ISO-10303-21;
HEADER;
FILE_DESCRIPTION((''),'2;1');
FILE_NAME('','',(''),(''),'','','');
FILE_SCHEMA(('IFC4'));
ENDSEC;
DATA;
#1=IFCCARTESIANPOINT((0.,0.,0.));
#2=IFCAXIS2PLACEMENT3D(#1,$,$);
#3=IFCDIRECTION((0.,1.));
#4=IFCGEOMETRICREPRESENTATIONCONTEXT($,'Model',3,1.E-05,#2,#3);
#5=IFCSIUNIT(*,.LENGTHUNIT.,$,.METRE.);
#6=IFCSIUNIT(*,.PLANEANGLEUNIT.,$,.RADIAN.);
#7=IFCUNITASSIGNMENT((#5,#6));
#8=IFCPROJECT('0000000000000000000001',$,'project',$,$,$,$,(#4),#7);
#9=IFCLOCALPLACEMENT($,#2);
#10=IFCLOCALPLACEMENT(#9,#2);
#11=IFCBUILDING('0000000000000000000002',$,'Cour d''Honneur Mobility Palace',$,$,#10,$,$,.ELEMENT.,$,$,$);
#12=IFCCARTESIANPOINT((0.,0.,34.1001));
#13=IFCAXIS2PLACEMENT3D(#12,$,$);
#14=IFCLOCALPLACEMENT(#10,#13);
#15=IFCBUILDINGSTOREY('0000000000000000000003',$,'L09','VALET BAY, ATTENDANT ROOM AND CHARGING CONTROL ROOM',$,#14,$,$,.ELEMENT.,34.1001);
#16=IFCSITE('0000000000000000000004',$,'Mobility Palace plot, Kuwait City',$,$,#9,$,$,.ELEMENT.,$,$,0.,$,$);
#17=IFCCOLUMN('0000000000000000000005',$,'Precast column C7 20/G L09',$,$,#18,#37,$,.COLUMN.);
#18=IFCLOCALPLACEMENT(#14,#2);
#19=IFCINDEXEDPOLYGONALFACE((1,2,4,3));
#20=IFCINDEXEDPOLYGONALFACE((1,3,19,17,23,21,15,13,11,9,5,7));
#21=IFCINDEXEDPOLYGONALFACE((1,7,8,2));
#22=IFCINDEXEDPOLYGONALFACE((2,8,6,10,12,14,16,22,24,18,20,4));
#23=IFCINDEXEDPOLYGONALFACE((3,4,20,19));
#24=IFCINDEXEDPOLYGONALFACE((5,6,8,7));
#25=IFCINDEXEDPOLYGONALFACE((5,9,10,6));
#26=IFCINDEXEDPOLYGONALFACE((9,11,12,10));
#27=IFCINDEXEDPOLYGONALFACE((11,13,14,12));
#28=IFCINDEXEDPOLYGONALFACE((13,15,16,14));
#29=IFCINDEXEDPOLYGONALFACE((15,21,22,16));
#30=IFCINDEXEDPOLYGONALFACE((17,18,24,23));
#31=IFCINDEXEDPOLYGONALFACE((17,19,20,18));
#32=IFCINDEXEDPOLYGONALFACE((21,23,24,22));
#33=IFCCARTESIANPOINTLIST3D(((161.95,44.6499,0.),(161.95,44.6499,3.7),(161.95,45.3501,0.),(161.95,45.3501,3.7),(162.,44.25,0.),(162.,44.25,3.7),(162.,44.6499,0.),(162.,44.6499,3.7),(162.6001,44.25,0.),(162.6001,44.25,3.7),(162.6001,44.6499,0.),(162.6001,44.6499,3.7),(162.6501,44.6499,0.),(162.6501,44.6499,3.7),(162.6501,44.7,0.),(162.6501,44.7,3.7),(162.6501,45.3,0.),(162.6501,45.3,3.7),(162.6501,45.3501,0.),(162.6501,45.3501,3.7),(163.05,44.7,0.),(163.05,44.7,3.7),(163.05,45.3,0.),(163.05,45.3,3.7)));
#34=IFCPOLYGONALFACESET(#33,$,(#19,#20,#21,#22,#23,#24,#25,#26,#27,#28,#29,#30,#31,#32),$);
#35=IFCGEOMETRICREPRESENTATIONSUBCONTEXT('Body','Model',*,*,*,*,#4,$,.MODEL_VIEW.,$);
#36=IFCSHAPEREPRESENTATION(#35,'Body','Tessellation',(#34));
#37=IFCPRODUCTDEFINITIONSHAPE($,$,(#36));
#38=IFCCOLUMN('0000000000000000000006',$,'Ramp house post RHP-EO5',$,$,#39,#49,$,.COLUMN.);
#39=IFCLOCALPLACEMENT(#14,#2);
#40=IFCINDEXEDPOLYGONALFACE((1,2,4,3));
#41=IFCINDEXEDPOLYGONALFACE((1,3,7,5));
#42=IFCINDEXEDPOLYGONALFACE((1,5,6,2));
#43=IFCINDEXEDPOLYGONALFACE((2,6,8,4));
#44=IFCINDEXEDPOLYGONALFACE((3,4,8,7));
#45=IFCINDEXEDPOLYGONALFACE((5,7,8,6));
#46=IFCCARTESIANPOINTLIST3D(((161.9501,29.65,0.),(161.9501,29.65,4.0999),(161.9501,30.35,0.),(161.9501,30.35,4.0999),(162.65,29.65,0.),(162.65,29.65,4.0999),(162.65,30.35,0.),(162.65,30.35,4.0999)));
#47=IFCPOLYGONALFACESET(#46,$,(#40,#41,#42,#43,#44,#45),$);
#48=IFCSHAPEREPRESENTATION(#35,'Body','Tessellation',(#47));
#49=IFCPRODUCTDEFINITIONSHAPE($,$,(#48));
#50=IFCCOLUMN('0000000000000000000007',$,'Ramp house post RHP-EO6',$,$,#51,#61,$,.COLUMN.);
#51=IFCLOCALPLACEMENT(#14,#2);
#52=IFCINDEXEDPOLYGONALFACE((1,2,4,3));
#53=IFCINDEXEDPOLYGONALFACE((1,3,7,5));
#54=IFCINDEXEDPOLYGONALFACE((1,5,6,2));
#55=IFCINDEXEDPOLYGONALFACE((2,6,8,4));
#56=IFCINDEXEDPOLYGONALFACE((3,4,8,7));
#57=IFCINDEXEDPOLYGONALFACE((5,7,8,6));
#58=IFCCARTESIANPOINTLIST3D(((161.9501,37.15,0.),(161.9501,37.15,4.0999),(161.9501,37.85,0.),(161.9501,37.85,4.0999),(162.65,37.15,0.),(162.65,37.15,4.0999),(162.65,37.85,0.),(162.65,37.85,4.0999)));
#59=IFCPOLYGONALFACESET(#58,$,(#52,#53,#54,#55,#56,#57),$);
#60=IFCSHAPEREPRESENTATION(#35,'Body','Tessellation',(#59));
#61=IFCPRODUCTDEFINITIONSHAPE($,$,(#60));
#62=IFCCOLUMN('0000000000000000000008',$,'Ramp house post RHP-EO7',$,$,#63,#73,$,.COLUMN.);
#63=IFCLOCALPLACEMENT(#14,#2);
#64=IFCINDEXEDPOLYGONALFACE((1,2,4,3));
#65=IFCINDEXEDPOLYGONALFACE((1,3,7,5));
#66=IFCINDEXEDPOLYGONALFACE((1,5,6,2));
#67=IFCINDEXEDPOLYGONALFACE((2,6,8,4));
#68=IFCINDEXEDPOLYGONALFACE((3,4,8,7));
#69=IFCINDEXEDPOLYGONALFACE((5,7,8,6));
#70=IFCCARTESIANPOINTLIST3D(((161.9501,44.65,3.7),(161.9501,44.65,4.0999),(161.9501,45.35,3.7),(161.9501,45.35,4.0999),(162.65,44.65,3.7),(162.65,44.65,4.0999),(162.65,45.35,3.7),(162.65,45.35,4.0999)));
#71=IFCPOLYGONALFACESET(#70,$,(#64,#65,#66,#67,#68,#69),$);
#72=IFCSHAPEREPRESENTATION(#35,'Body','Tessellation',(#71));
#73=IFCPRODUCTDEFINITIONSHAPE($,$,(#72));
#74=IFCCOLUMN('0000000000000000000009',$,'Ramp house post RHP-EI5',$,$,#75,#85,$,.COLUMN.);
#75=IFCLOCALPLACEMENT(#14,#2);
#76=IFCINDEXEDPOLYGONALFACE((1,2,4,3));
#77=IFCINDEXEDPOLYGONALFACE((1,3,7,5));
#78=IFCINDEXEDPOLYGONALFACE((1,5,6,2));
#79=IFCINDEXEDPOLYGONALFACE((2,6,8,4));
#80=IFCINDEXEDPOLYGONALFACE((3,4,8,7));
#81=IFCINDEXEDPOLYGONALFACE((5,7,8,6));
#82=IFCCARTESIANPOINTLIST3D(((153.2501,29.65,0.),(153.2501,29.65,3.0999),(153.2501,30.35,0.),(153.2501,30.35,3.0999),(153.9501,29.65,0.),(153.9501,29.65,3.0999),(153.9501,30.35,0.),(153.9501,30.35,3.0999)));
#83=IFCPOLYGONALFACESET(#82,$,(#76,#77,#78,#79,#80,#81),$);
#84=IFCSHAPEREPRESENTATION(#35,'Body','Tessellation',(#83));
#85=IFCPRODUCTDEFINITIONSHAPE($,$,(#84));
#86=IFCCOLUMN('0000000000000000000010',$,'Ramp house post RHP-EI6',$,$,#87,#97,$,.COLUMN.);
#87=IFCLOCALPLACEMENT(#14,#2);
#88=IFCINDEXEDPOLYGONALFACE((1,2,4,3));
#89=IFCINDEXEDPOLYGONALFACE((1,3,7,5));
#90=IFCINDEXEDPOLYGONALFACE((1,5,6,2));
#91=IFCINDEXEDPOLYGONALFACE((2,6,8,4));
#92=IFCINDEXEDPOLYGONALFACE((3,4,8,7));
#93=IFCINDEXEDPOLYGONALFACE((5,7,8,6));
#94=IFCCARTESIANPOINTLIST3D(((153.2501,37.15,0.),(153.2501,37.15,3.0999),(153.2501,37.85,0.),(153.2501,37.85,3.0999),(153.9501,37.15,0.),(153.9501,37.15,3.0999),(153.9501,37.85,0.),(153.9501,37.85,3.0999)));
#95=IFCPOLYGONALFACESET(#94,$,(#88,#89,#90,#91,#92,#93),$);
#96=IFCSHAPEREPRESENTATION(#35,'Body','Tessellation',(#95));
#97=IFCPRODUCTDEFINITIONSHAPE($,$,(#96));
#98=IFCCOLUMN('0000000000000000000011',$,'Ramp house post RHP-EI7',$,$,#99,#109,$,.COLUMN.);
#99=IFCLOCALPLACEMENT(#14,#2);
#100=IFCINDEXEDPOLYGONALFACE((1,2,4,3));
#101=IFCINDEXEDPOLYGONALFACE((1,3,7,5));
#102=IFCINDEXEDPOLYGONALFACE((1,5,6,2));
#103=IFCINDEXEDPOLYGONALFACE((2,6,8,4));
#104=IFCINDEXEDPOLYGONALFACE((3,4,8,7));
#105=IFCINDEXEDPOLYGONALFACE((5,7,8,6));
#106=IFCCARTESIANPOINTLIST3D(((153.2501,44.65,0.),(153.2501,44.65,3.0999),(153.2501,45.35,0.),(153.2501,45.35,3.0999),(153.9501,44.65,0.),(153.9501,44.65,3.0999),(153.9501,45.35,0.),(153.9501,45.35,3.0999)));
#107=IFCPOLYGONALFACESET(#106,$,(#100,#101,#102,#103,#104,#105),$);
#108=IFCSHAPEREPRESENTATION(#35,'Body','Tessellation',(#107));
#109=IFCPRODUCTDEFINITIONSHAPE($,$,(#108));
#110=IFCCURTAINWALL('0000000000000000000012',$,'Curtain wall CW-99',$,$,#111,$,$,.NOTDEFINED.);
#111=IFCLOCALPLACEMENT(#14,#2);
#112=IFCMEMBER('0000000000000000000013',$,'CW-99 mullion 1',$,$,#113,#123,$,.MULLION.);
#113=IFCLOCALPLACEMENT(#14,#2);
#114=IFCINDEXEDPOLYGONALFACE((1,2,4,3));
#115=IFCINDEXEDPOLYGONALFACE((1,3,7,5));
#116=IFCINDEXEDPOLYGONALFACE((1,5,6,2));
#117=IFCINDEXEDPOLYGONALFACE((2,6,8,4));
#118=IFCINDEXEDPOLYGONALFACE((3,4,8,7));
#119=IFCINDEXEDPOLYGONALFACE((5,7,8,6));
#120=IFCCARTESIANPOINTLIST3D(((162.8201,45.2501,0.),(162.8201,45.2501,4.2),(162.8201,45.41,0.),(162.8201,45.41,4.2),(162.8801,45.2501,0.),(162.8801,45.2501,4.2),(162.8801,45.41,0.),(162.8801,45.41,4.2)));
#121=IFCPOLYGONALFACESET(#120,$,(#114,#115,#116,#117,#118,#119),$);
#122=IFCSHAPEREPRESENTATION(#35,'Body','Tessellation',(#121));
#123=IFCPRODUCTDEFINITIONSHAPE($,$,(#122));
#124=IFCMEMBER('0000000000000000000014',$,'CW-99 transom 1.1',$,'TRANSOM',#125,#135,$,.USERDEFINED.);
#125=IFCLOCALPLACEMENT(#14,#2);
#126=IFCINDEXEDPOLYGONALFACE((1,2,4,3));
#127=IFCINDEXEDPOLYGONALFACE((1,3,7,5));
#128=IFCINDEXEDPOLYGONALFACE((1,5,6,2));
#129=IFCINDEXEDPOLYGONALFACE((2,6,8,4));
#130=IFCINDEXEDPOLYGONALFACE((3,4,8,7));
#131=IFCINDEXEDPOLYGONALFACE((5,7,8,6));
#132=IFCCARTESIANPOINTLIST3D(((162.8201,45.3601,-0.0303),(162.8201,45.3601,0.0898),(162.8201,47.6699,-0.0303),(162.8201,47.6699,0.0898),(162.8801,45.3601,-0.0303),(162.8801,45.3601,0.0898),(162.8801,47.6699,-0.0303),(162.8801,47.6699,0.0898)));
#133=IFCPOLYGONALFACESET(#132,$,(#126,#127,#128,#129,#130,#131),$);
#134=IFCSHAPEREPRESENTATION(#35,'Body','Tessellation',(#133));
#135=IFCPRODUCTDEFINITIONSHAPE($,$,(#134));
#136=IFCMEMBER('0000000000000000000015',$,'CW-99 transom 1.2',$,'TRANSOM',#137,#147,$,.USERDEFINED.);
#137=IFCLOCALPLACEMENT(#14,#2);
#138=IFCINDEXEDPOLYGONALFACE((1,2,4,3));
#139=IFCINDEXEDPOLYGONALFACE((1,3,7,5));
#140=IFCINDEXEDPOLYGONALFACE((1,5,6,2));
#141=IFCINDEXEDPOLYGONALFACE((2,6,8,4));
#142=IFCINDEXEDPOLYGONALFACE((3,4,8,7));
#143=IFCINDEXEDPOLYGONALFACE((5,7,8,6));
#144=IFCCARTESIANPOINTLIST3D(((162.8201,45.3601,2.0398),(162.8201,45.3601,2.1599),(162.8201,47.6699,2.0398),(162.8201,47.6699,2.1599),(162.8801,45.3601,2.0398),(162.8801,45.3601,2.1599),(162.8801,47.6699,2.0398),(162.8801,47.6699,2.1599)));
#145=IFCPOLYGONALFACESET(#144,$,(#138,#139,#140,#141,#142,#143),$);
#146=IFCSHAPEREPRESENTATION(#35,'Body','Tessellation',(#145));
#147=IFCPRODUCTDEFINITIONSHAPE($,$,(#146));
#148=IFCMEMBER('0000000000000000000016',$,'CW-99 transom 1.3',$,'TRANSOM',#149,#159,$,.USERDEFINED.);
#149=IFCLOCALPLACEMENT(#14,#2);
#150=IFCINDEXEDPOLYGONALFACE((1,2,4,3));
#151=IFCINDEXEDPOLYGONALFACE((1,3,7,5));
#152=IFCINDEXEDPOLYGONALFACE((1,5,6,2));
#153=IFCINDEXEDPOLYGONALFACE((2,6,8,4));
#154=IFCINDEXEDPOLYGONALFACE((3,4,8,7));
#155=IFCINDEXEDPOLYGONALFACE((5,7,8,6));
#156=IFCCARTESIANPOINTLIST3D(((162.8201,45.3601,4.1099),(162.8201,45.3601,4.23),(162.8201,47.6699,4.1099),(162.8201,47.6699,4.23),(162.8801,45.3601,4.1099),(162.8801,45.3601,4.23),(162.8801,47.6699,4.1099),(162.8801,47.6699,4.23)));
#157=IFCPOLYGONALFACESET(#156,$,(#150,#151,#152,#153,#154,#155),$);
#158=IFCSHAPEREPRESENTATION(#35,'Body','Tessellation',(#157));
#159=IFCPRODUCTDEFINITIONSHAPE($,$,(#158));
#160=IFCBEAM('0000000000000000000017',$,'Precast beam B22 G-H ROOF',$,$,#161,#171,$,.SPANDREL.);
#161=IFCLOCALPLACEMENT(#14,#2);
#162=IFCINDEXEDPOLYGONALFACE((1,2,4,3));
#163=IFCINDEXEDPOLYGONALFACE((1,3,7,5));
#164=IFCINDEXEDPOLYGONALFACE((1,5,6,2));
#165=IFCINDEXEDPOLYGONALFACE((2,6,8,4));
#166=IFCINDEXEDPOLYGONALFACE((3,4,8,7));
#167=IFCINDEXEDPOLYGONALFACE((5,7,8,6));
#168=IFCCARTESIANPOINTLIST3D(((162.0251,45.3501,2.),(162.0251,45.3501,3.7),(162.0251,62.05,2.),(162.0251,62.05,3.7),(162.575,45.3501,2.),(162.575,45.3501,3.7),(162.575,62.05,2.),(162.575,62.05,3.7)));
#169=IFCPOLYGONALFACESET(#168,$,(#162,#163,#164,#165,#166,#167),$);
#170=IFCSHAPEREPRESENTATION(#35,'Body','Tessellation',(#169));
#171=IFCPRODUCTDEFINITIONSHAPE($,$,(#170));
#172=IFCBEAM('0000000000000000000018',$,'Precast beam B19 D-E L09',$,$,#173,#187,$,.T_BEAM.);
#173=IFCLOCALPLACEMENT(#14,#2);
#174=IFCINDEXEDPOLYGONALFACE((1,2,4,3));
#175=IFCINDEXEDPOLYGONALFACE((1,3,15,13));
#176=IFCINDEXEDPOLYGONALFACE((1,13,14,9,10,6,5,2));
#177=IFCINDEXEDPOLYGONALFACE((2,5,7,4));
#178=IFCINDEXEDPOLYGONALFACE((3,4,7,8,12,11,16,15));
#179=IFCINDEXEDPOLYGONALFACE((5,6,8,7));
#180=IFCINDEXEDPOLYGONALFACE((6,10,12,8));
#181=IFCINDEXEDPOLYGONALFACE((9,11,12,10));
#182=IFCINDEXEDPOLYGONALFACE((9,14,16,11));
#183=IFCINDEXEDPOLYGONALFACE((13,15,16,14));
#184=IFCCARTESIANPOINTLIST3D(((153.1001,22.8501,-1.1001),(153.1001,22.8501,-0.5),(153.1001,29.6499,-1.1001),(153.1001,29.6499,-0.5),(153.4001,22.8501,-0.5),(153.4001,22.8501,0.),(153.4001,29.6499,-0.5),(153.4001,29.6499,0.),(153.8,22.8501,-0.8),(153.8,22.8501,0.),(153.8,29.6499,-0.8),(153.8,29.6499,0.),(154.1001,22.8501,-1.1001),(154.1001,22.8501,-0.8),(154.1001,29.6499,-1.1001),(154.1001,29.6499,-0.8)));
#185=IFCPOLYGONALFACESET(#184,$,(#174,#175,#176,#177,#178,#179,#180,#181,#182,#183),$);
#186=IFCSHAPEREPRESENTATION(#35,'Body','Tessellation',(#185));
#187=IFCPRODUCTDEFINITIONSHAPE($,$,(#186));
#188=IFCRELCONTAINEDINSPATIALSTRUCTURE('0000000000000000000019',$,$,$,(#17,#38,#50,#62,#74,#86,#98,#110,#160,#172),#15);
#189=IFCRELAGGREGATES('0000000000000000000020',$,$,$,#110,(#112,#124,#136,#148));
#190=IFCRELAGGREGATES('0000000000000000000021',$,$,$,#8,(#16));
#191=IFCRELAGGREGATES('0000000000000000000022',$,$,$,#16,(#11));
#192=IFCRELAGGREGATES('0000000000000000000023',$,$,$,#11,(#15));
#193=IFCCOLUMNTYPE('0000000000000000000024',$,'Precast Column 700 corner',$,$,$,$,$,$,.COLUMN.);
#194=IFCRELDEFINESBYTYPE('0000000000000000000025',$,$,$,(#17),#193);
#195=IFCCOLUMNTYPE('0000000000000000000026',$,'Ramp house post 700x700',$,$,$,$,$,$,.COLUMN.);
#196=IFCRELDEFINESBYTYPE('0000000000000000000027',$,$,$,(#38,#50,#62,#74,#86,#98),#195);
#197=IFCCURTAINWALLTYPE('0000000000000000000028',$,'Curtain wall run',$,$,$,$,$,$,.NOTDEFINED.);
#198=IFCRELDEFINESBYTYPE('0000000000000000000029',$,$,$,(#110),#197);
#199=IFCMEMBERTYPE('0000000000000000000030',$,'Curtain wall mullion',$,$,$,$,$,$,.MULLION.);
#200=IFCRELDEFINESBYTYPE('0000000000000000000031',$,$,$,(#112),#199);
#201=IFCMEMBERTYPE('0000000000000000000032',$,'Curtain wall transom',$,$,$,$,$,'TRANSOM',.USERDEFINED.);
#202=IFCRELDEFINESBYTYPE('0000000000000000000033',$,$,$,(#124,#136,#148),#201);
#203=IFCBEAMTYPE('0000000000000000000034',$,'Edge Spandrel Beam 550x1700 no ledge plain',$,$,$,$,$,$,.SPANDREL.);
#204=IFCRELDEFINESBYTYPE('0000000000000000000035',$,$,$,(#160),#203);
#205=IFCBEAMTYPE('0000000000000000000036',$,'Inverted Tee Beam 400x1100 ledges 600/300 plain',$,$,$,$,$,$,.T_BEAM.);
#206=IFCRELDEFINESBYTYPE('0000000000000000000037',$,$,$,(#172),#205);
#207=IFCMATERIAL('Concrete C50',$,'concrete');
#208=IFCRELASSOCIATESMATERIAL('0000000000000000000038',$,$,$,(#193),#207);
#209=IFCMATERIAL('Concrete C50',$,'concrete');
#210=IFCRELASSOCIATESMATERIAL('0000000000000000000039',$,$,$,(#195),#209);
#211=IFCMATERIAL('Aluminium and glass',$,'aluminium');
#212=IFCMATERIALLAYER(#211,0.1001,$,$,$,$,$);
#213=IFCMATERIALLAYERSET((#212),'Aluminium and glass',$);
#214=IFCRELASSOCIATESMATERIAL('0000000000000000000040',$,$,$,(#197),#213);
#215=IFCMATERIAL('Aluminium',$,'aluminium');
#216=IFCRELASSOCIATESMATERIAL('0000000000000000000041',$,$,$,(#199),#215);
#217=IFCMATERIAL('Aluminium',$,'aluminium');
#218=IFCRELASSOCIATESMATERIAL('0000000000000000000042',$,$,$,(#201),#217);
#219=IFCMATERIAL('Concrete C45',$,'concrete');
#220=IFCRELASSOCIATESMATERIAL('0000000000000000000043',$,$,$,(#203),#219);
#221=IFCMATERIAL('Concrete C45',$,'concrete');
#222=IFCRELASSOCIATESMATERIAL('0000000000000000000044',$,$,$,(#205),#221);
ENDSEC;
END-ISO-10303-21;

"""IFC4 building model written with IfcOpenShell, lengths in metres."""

from ifc_helpers import new_model, si_unit, direction, frame, origin, origin_2d, place, context, subcontext, project, spatial, polyline, rectangle, outline, extrude, material, layer, layer_set, material_profile, profile_set, type_object, element, aggregate, save


model = new_model("IFC4")

# Units and contexts
model_context = context("Model", 3, precision=1e-05, world=origin(), true_north=direction((0.0, 1.0)))
body_context = subcontext(model_context, "Body", "Model", "MODEL_VIEW")
ifc_project = project(units=[si_unit("LENGTHUNIT", "METRE"), si_unit("PLANEANGLEUNIT", "RADIAN")], contexts=[model_context])

# Site, building, storey
site_placement = place(None, origin())
site = spatial("IfcSite", under=ifc_project, at=site_placement, Name="Mobility Palace plot, Kuwait City", CompositionType="ELEMENT", RefElevation=0.0)
building_placement = place(site_placement, origin())
building = spatial("IfcBuilding", under=site, at=building_placement, Name="Cour d'Honneur Mobility Palace", CompositionType="ELEMENT")
storey_placement = place(building_placement, frame((0.0, 0.0, 34.1001)))
storey = spatial("IfcBuildingStorey", under=building, at=storey_placement, Name="L09", Description="VALET BAY, ATTENDANT ROOM AND CHARGING CONTROL ROOM", CompositionType="ELEMENT", Elevation=34.1001)

# Columns
ifc_material_1 = material(Name="Concrete C50", Category="concrete")
ifc_material_profile_1 = material_profile(ifc_material_1, outline(polyline([(-0.3501, -0.3501), (0.3501, -0.3501), (0.3501, -0.3), (0.75, -0.3), (0.75, 0.3), (0.3501, 0.3), (0.3501, 0.3501), (0.3, 0.3501), (0.3, 0.75), (-0.3, 0.75), (-0.3, 0.3501), (-0.3501, 0.3501), (-0.3501, -0.3501)])), Name="PC C700 corner")
ifc_profile_set_1 = profile_set([ifc_material_profile_1], Name="Concrete C50")
column_type_1 = type_object("IfcColumnType", Name="Precast Column 700 corner", PredefinedType="COLUMN", material=ifc_profile_set_1)
column_1_placement = place(storey_placement, frame((162.3, 45.0, 0.0), z_axis=(0.0, 0.0, 1.0), x_axis=(0.0, -1.0, 0.0)))
element("IfcColumn", 1, at=column_1_placement, inside=storey, type_object=column_type_1, Name="Precast column C7 20/G L09", PredefinedType="COLUMN", context=body_context, shape_type="SweptSolid", body=[
    extrude(outline(polyline([(-0.3501, -0.3501), (0.3501, -0.3501), (0.3501, -0.3), (0.75, -0.3), (0.75, 0.3), (0.3501, 0.3), (0.3501, 0.3501), (0.3, 0.3501), (0.3, 0.75), (-0.3, 0.75), (-0.3, 0.3501), (-0.3501, 0.3501), (-0.3501, -0.3501)])), origin(), (0.0, 0.0, 1.0), 3.7),
])
ifc_material_2 = material(Name="Concrete C50", Category="concrete")
ifc_material_profile_2 = material_profile(ifc_material_2, rectangle(XDim=0.7, YDim=0.7, at=origin_2d()), Name="Ramp house post 700x700")
ifc_profile_set_2 = profile_set([ifc_material_profile_2], Name="Concrete C50")
column_type_2 = type_object("IfcColumnType", Name="Ramp house post 700x700", PredefinedType="COLUMN", material=ifc_profile_set_2)
for number, where, z_axis, x_axis, name in (
    (2, (162.3, 30.0, 0.0), (0.0, 0.0, 1.0), (1.0, 0.0, 0.0), "Ramp house post RHP-EO5"),
    (3, (162.3, 37.5, 0.0), (0.0, 0.0, 1.0), (1.0, 0.0, 0.0), "Ramp house post RHP-EO6"),
):
    element("IfcColumn", number, at=place(storey_placement, frame(where, z_axis=z_axis, x_axis=x_axis)), inside=storey, type_object=column_type_2, Name=name, PredefinedType="COLUMN", context=body_context, shape_type="SweptSolid", body=[
        extrude(rectangle(XDim=0.7, YDim=0.7, at=origin_2d()), origin(), (0.0, 0.0, 1.0), 4.0999),
    ])
column_2_placement = place(storey_placement, frame((162.3, 45.0, 3.7), z_axis=(0.0, 0.0, 1.0), x_axis=(1.0, 0.0, 0.0)))
element("IfcColumn", 4, at=column_2_placement, inside=storey, type_object=column_type_2, Name="Ramp house post RHP-EO7", PredefinedType="COLUMN", context=body_context, shape_type="SweptSolid", body=[
    extrude(rectangle(XDim=0.7, YDim=0.7, at=origin_2d()), origin(), (0.0, 0.0, 1.0), 0.3999),
])
for number, where, z_axis, x_axis, name in (
    (5, (153.6001, 30.0, 0.0), (0.0, 0.0, 1.0), (1.0, 0.0, 0.0), "Ramp house post RHP-EI5"),
    (6, (153.6001, 37.5, 0.0), (0.0, 0.0, 1.0), (1.0, 0.0, 0.0), "Ramp house post RHP-EI6"),
    (7, (153.6001, 45.0, 0.0), (0.0, 0.0, 1.0), (1.0, 0.0, 0.0), "Ramp house post RHP-EI7"),
):
    element("IfcColumn", number, at=place(storey_placement, frame(where, z_axis=z_axis, x_axis=x_axis)), inside=storey, type_object=column_type_2, Name=name, PredefinedType="COLUMN", context=body_context, shape_type="SweptSolid", body=[
        extrude(rectangle(XDim=0.7, YDim=0.7, at=origin_2d()), origin(), (0.0, 0.0, 1.0), 3.0999),
    ])

# Curtain wall, members
ifc_material_3 = material(Name="Aluminium and glass", Category="aluminium")
ifc_layer_1 = layer(ifc_material_3, 0.1001)
ifc_layer_set_1 = layer_set([ifc_layer_1], Name="Aluminium and glass")
curtain_wall_type = type_object("IfcCurtainWallType", Name="Curtain wall run", PredefinedType="NOTDEFINED", material=ifc_layer_set_1)
curtain_wall_placement = place(storey_placement, origin())
curtain_wall = element("IfcCurtainWall", 8, at=curtain_wall_placement, inside=storey, type_object=curtain_wall_type, Name="Curtain wall CW-99", PredefinedType="NOTDEFINED")
ifc_material_4 = material(Name="Aluminium", Category="aluminium")
ifc_material_profile_3 = material_profile(ifc_material_4, rectangle(XDim=0.0601, YDim=0.1599, at=origin_2d()), Name="Curtain wall mullion")
ifc_profile_set_3 = profile_set([ifc_material_profile_3], Name="Aluminium")
member_type_1 = type_object("IfcMemberType", Name="Curtain wall mullion", PredefinedType="MULLION", material=ifc_profile_set_3)
member_1_placement = place(storey_placement, frame((162.8501, 45.3301, 0.0), z_axis=(0.0, 0.0, 1.0), x_axis=(-1.0, 0.0, 0.0)))
member_1 = element("IfcMember", 9, at=member_1_placement, type_object=member_type_1, Name="CW-99 mullion 1", PredefinedType="MULLION", context=body_context, shape_type="SweptSolid", body=[
    extrude(rectangle(XDim=0.0601, YDim=0.1599, at=origin_2d()), origin(), (0.0, 0.0, 1.0), 4.2),
])
ifc_material_5 = material(Name="Aluminium", Category="aluminium")
ifc_material_profile_4 = material_profile(ifc_material_5, rectangle(XDim=0.0601, YDim=0.1201, at=origin_2d()), Name="Curtain wall transom")
ifc_profile_set_4 = profile_set([ifc_material_profile_4], Name="Aluminium")
member_type_2 = type_object("IfcMemberType", Name="Curtain wall transom", ElementType="TRANSOM", PredefinedType="USERDEFINED", material=ifc_profile_set_4)
member_2_placement = place(storey_placement, frame((162.8501, 45.3601, 0.0298), z_axis=(0.0, 1.0, 0.0), x_axis=(-1.0, 0.0, 0.0)))
member_2 = element("IfcMember", 10, at=member_2_placement, type_object=member_type_2, Name="CW-99 transom 1.1", ObjectType="TRANSOM", PredefinedType="USERDEFINED", context=body_context, shape_type="SweptSolid", body=[
    extrude(rectangle(XDim=0.0601, YDim=0.1201, at=origin_2d()), origin(), (0.0, 0.0, 1.0), 2.3098),
])
member_3_placement = place(storey_placement, frame((162.8501, 45.3601, 2.0999), z_axis=(0.0, 1.0, 0.0), x_axis=(-1.0, 0.0, 0.0)))
member_3 = element("IfcMember", 11, at=member_3_placement, type_object=member_type_2, Name="CW-99 transom 1.2", ObjectType="TRANSOM", PredefinedType="USERDEFINED", context=body_context, shape_type="SweptSolid", body=[
    extrude(rectangle(XDim=0.0601, YDim=0.1201, at=origin_2d()), origin(), (0.0, 0.0, 1.0), 2.3098),
])
member_4_placement = place(storey_placement, frame((162.8501, 45.3601, 4.1699), z_axis=(0.0, 1.0, 0.0), x_axis=(-1.0, 0.0, 0.0)))
member_4 = element("IfcMember", 12, at=member_4_placement, type_object=member_type_2, Name="CW-99 transom 1.3", ObjectType="TRANSOM", PredefinedType="USERDEFINED", context=body_context, shape_type="SweptSolid", body=[
    extrude(rectangle(XDim=0.0601, YDim=0.1201, at=origin_2d()), origin(), (0.0, 0.0, 1.0), 2.3098),
])
aggregate(curtain_wall, [member_1, member_2, member_3, member_4])

# Beams
ifc_material_6 = material(Name="Concrete C45", Category="concrete")
ifc_material_profile_5 = material_profile(ifc_material_6, outline(polyline([(0.2749, -1.7), (0.2749, 0.0), (-0.2749, 0.0), (-0.2749, -1.7), (0.2749, -1.7)])), Name="Edge Spandrel Beam 550x1700 no ledge plain")
ifc_profile_set_5 = profile_set([ifc_material_profile_5], Name="Concrete C45")
beam_type_1 = type_object("IfcBeamType", Name="Edge Spandrel Beam 550x1700 no ledge plain", PredefinedType="SPANDREL", material=ifc_profile_set_5)
beam_1_placement = place(storey_placement, frame((162.3, 45.3501, 3.7), z_axis=(0.0, 1.0, 0.0), x_axis=(-1.0, 0.0, 0.0)))
element("IfcBeam", 13, at=beam_1_placement, inside=storey, type_object=beam_type_1, Name="Precast beam B22 G-H ROOF", PredefinedType="SPANDREL", context=body_context, shape_type="SweptSolid", body=[
    extrude(outline(polyline([(0.2749, -1.7), (0.2749, 0.0), (-0.2749, 0.0), (-0.2749, -1.7), (0.2749, -1.7)])), origin(), (0.0, 0.0, 1.0), 16.7),
])
ifc_material_7 = material(Name="Concrete C45", Category="concrete")
ifc_material_profile_6 = material_profile(ifc_material_7, outline(polyline([(0.5, -1.1001), (0.5, -0.5), (0.2, -0.5), (0.2, 0.0), (-0.2, 0.0), (-0.2, -0.8), (-0.5, -0.8), (-0.5, -1.1001), (0.5, -1.1001)])), Name="Inverted Tee Beam 400x1100 ledges 600/300 plain")
ifc_profile_set_6 = profile_set([ifc_material_profile_6], Name="Concrete C45")
beam_type_2 = type_object("IfcBeamType", Name="Inverted Tee Beam 400x1100 ledges 600/300 plain", PredefinedType="T_BEAM", material=ifc_profile_set_6)
for number, where, z_axis, x_axis, name in (
    (14, (153.6001, 22.8501, 0.0), (0.0, 1.0, 0.0), (-1.0, 0.0, 0.0), "Precast beam B19 D-E L09"),
):
    element("IfcBeam", number, at=place(storey_placement, frame(where, z_axis=z_axis, x_axis=x_axis)), inside=storey, type_object=beam_type_2, Name=name, PredefinedType="T_BEAM", context=body_context, shape_type="SweptSolid", body=[
        extrude(outline(polyline([(0.5, -1.1001), (0.5, -0.5), (0.2, -0.5), (0.2, 0.0), (-0.2, 0.0), (-0.2, -0.8), (-0.5, -0.8), (-0.5, -1.1001), (0.5, -1.1001)])), origin(), (0.0, 0.0, 1.0), 6.7998),
    ])

save(model, "model.ifc")
